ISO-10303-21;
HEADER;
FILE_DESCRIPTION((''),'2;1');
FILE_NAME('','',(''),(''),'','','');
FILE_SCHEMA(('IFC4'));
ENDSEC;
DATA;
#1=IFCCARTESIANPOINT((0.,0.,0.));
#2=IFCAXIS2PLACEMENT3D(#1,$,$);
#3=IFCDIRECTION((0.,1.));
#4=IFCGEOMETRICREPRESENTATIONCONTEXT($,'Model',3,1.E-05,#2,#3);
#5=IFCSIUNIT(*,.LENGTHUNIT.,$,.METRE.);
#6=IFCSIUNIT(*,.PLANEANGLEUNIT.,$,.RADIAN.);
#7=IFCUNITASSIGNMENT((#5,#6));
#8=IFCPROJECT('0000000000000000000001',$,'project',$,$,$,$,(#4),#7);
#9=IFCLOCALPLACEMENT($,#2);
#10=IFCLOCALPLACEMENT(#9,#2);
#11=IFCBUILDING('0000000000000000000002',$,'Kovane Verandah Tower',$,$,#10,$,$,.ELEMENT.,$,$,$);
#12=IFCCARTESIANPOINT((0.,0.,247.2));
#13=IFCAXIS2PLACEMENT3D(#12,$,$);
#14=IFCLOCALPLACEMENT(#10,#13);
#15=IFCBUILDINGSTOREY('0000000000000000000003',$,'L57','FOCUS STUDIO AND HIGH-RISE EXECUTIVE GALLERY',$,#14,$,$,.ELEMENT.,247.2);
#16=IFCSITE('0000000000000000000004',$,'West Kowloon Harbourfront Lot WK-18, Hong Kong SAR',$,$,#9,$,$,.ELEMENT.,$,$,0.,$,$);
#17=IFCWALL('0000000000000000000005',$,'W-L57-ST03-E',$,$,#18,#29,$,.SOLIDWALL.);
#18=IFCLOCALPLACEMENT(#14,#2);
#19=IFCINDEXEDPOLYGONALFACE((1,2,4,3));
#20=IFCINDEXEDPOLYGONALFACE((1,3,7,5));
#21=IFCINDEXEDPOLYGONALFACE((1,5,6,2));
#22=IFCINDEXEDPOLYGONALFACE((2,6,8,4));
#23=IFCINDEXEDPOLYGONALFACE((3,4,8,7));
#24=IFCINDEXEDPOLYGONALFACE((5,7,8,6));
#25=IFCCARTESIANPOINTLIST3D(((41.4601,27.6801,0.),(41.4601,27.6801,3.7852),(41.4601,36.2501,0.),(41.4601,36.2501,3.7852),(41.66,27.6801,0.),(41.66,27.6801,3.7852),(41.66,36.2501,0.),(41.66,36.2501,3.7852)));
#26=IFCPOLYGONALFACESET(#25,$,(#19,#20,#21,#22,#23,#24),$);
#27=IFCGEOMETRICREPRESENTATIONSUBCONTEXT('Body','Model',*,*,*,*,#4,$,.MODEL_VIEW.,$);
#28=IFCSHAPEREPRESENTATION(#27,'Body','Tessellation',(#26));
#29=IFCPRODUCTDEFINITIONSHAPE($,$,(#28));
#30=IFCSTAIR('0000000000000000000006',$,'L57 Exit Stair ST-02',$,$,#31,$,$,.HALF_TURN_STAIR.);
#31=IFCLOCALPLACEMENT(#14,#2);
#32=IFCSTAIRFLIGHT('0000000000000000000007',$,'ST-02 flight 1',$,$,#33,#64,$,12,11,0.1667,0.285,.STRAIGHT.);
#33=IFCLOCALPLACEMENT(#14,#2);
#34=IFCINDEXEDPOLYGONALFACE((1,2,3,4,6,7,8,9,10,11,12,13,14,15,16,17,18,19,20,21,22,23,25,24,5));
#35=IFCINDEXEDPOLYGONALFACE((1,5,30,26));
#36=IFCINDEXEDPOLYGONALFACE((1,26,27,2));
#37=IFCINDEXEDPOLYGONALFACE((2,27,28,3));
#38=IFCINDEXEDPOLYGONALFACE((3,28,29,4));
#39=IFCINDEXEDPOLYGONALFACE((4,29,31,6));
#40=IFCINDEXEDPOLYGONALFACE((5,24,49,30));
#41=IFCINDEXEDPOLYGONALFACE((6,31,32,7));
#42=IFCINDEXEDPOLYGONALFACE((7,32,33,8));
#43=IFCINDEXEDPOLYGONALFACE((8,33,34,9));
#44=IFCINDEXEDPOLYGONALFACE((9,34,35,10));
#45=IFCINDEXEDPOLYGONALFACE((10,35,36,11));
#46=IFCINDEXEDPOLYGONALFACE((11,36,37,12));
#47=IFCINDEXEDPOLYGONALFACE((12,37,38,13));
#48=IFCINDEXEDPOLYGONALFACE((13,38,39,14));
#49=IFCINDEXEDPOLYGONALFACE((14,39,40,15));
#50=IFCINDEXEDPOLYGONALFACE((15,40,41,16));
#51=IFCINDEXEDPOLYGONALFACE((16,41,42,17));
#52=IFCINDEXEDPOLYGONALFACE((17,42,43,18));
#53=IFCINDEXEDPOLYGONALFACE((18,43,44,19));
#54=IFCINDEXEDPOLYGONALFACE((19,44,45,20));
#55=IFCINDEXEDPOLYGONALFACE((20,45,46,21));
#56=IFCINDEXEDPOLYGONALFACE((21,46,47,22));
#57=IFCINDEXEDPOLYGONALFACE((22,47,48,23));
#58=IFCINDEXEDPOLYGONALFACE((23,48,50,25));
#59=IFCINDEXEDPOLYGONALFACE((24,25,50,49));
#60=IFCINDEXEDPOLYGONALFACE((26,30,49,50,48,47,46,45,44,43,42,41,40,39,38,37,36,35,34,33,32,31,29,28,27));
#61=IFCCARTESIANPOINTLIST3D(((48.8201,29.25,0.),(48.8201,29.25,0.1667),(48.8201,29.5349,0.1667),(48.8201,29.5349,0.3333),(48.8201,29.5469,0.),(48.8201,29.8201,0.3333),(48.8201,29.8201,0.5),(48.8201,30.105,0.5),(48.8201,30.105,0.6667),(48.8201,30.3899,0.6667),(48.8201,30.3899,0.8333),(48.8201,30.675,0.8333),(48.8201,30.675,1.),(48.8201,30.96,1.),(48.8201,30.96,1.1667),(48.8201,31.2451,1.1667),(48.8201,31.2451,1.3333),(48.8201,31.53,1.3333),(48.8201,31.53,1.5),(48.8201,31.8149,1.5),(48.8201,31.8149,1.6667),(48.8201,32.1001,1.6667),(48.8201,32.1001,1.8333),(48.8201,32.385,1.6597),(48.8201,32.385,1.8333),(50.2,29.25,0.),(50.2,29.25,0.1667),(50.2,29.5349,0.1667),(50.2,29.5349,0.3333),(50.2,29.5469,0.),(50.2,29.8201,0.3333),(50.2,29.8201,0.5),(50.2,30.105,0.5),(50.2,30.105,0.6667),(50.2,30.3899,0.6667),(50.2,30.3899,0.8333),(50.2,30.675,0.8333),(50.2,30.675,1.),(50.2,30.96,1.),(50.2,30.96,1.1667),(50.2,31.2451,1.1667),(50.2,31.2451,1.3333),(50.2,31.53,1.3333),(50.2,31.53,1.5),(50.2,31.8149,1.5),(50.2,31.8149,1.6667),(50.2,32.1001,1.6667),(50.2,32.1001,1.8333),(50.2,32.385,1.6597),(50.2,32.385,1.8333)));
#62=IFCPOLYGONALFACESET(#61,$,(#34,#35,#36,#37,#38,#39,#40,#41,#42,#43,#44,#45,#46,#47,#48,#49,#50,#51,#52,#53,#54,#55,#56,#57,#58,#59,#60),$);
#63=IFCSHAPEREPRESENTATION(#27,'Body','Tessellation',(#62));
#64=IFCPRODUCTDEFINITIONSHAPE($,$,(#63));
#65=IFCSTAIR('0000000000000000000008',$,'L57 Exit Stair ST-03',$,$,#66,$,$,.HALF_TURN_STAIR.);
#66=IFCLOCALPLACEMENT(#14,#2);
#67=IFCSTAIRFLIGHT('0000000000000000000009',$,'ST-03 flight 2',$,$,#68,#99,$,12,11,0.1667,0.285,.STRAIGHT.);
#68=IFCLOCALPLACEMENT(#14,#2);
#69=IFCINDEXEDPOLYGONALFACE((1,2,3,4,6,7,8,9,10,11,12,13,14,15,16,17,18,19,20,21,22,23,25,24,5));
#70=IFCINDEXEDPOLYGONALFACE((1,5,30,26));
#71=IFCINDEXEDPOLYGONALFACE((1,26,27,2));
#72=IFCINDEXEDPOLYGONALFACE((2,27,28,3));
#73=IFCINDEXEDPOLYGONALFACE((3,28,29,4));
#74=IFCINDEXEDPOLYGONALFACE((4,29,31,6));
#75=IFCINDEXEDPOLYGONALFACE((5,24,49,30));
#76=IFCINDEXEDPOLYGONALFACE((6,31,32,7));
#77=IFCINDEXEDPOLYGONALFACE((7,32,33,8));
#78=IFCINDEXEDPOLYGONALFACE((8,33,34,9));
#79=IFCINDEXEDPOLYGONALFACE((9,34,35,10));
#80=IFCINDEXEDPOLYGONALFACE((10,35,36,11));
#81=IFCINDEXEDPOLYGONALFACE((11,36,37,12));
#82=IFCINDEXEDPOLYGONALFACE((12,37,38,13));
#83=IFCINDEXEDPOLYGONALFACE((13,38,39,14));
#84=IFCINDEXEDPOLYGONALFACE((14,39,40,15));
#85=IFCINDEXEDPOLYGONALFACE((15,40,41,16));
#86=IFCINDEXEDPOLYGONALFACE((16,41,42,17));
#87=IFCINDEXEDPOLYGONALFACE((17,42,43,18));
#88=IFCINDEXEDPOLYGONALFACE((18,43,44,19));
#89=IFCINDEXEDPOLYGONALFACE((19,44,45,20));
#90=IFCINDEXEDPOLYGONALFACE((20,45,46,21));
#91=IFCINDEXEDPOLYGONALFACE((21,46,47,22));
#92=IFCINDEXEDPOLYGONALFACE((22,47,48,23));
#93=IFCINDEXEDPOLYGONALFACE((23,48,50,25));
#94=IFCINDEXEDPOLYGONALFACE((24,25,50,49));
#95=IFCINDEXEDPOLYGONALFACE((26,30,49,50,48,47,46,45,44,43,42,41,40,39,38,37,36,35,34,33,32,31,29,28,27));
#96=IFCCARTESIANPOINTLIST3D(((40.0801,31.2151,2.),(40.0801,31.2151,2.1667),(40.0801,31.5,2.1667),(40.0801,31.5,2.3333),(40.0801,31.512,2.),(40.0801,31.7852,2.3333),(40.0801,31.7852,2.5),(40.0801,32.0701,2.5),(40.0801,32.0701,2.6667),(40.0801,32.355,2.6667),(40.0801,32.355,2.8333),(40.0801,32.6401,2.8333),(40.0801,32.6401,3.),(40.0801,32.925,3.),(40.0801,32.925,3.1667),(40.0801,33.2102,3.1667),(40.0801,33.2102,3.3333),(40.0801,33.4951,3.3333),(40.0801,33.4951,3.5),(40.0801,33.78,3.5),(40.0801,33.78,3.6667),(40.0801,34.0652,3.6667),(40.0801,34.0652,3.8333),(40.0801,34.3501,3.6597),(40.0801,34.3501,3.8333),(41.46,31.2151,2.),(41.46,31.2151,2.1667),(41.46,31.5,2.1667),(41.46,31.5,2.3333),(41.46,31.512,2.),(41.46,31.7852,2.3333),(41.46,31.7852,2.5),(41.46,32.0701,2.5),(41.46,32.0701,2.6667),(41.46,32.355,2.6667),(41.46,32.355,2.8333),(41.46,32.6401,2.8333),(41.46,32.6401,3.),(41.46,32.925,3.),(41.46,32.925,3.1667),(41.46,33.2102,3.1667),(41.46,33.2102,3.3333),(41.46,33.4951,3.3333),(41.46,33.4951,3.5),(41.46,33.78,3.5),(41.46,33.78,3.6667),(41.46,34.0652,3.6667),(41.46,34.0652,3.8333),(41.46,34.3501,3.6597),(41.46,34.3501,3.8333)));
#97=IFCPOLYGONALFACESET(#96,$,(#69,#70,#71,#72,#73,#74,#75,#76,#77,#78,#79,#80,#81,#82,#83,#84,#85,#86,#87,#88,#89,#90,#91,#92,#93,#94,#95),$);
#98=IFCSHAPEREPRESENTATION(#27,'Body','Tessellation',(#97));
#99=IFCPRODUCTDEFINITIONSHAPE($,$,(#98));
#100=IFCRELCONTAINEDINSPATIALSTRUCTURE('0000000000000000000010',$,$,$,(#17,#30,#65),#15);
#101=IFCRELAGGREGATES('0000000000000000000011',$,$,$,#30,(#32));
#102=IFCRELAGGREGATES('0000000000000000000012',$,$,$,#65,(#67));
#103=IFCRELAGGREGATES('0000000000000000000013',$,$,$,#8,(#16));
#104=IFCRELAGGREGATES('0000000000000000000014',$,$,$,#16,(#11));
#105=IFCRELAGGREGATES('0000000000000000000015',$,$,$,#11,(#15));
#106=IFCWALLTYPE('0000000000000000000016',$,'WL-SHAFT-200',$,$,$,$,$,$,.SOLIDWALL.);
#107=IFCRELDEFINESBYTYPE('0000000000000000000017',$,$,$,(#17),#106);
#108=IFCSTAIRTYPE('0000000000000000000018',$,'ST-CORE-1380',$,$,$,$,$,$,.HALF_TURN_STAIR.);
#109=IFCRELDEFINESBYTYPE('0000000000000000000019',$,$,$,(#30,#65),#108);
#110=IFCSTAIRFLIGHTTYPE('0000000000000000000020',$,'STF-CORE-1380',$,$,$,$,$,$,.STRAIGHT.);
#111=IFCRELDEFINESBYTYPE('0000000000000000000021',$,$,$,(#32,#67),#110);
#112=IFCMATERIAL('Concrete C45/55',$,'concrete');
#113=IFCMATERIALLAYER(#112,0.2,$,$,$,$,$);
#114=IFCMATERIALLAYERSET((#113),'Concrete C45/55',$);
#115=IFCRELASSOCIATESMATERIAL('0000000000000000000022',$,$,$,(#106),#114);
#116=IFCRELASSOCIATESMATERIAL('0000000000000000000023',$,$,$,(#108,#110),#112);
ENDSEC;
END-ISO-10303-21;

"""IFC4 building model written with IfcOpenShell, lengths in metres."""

from ifc_helpers import new_model, si_unit, direction, frame, frame_2d, origin, place, context, subcontext, project, spatial, polyline, rectangle, outline, extrude, material, layer, layer_set, type_object, element, aggregate, save


model = new_model("IFC4")

# Units and contexts
model_context = context("Model", 3, precision=1e-05, world=origin(), true_north=direction((0.0, 1.0)))
body_context = subcontext(model_context, "Body", "Model", "MODEL_VIEW")
ifc_project = project(units=[si_unit("LENGTHUNIT", "METRE"), si_unit("PLANEANGLEUNIT", "RADIAN")], contexts=[model_context])

# Site, building, storey
site_placement = place(None, origin())
site = spatial("IfcSite", under=ifc_project, at=site_placement, Name="West Kowloon Harbourfront Lot WK-18, Hong Kong SAR", CompositionType="ELEMENT", RefElevation=0.0)
building_placement = place(site_placement, origin())
building = spatial("IfcBuilding", under=site, at=building_placement, Name="Kovane Verandah Tower", CompositionType="ELEMENT")
storey_placement = place(building_placement, frame((0.0, 0.0, 247.2)))
storey = spatial("IfcBuildingStorey", under=building, at=storey_placement, Name="L57", Description="FOCUS STUDIO AND HIGH-RISE EXECUTIVE GALLERY", CompositionType="ELEMENT", Elevation=247.2)

# Shared definitions
ifc_material_1 = material(Name="Concrete C45/55", Category="concrete")
ifc_layer_1 = layer(ifc_material_1, 0.2)
ifc_layer_set_1 = layer_set([ifc_layer_1], Name="Concrete C45/55")
wall_type_1 = type_object("IfcWallType", Name="WL-SHAFT-200", PredefinedType="SOLIDWALL", material=ifc_layer_set_1)

# Wall
wall_1_placement = place(storey_placement, frame((41.5601, 27.6799, 0.0), z_axis=(0.0, 0.0, 1.0), x_axis=(0.0, 1.0, 0.0)))
element("IfcWall", 1, at=wall_1_placement, inside=storey, type_object=wall_type_1, Name="W-L57-ST03-E", PredefinedType="SOLIDWALL", context=body_context, shape_type="SweptSolid", body=[
    extrude(rectangle(XDim=8.5701, YDim=0.2, at=frame_2d((4.2852, 0.0))), origin(), (0.0, 0.0, 1.0), 3.7852),
])

# Stairs, stair flights
stair_type = type_object("IfcStairType", Name="ST-CORE-1380", PredefinedType="HALF_TURN_STAIR", material=ifc_material_1)
stair_1_placement = place(storey_placement, origin())
stair_1 = element("IfcStair", 2, at=stair_1_placement, inside=storey, type_object=stair_type, Name="L57 Exit Stair ST-02", PredefinedType="HALF_TURN_STAIR")
stair_flight_type = type_object("IfcStairFlightType", Name="STF-CORE-1380", PredefinedType="STRAIGHT", material=ifc_material_1)
stair_flight_1_placement = place(storey_placement, frame((49.51, 29.25, 0.0), z_axis=(0.0, 0.0, 1.0), x_axis=(0.0, 1.0, 0.0)))
stair_flight_1 = element("IfcStairFlight", 3, at=stair_flight_1_placement, type_object=stair_flight_type, Name="ST-02 flight 1", NumberOfRisers=12, NumberOfTreads=11, PredefinedType="STRAIGHT", RiserHeight=0.1667, TreadLength=0.285, context=body_context, shape_type="SweptSolid", body=[
    extrude(outline(polyline([(0.0, 0.0), (0.0, 0.1667), (0.2849, 0.1667), (0.2849, 0.3333), (0.5701, 0.3333), (0.5701, 0.5), (0.855, 0.5), (0.855, 0.6667), (1.1399, 0.6667), (1.1399, 0.8333), (1.425, 0.8333), (1.425, 1.0), (1.71, 1.0), (1.71, 1.1667), (1.9951, 1.1667), (1.9951, 1.3333), (2.28, 1.3333), (2.28, 1.5), (2.5649, 1.5), (2.5649, 1.6667), (2.8501, 1.6667), (2.8501, 1.8333), (3.135, 1.8333), (3.135, 2.0), (3.135, 1.6597), (0.2969, 0.0), (0.0, 0.0)])), frame((0.0, 0.6899, 0.0), z_axis=(0.0, -1.0, 0.0), x_axis=(1.0, 0.0, 0.0)), (0.0, 0.0, 1.0), 1.3799),
])
aggregate(stair_1, [stair_flight_1])
stair_2_placement = place(storey_placement, origin())
stair_2 = element("IfcStair", 4, at=stair_2_placement, inside=storey, type_object=stair_type, Name="L57 Exit Stair ST-03", PredefinedType="HALF_TURN_STAIR")
stair_flight_2_placement = place(storey_placement, frame((40.77, 31.2151, 2.0), z_axis=(0.0, 0.0, 1.0), x_axis=(0.0, 1.0, 0.0)))
stair_flight_2 = element("IfcStairFlight", 5, at=stair_flight_2_placement, type_object=stair_flight_type, Name="ST-03 flight 2", NumberOfRisers=12, NumberOfTreads=11, PredefinedType="STRAIGHT", RiserHeight=0.1667, TreadLength=0.285, context=body_context, shape_type="SweptSolid", body=[
    extrude(outline(polyline([(0.0, 0.0), (0.0, 0.1667), (0.2849, 0.1667), (0.2849, 0.3333), (0.5701, 0.3333), (0.5701, 0.5), (0.855, 0.5), (0.855, 0.6667), (1.1399, 0.6667), (1.1399, 0.8333), (1.425, 0.8333), (1.425, 1.0), (1.71, 1.0), (1.71, 1.1667), (1.9951, 1.1667), (1.9951, 1.3333), (2.28, 1.3333), (2.28, 1.5), (2.5649, 1.5), (2.5649, 1.6667), (2.8501, 1.6667), (2.8501, 1.8333), (3.135, 1.8333), (3.135, 2.0), (3.135, 1.6597), (0.2969, 0.0), (0.0, 0.0)])), frame((0.0, 0.6899, 0.0), z_axis=(0.0, -1.0, 0.0), x_axis=(1.0, 0.0, 0.0)), (0.0, 0.0, 1.0), 1.3799),
])
aggregate(stair_2, [stair_flight_2])

save(model, "model.ifc")
